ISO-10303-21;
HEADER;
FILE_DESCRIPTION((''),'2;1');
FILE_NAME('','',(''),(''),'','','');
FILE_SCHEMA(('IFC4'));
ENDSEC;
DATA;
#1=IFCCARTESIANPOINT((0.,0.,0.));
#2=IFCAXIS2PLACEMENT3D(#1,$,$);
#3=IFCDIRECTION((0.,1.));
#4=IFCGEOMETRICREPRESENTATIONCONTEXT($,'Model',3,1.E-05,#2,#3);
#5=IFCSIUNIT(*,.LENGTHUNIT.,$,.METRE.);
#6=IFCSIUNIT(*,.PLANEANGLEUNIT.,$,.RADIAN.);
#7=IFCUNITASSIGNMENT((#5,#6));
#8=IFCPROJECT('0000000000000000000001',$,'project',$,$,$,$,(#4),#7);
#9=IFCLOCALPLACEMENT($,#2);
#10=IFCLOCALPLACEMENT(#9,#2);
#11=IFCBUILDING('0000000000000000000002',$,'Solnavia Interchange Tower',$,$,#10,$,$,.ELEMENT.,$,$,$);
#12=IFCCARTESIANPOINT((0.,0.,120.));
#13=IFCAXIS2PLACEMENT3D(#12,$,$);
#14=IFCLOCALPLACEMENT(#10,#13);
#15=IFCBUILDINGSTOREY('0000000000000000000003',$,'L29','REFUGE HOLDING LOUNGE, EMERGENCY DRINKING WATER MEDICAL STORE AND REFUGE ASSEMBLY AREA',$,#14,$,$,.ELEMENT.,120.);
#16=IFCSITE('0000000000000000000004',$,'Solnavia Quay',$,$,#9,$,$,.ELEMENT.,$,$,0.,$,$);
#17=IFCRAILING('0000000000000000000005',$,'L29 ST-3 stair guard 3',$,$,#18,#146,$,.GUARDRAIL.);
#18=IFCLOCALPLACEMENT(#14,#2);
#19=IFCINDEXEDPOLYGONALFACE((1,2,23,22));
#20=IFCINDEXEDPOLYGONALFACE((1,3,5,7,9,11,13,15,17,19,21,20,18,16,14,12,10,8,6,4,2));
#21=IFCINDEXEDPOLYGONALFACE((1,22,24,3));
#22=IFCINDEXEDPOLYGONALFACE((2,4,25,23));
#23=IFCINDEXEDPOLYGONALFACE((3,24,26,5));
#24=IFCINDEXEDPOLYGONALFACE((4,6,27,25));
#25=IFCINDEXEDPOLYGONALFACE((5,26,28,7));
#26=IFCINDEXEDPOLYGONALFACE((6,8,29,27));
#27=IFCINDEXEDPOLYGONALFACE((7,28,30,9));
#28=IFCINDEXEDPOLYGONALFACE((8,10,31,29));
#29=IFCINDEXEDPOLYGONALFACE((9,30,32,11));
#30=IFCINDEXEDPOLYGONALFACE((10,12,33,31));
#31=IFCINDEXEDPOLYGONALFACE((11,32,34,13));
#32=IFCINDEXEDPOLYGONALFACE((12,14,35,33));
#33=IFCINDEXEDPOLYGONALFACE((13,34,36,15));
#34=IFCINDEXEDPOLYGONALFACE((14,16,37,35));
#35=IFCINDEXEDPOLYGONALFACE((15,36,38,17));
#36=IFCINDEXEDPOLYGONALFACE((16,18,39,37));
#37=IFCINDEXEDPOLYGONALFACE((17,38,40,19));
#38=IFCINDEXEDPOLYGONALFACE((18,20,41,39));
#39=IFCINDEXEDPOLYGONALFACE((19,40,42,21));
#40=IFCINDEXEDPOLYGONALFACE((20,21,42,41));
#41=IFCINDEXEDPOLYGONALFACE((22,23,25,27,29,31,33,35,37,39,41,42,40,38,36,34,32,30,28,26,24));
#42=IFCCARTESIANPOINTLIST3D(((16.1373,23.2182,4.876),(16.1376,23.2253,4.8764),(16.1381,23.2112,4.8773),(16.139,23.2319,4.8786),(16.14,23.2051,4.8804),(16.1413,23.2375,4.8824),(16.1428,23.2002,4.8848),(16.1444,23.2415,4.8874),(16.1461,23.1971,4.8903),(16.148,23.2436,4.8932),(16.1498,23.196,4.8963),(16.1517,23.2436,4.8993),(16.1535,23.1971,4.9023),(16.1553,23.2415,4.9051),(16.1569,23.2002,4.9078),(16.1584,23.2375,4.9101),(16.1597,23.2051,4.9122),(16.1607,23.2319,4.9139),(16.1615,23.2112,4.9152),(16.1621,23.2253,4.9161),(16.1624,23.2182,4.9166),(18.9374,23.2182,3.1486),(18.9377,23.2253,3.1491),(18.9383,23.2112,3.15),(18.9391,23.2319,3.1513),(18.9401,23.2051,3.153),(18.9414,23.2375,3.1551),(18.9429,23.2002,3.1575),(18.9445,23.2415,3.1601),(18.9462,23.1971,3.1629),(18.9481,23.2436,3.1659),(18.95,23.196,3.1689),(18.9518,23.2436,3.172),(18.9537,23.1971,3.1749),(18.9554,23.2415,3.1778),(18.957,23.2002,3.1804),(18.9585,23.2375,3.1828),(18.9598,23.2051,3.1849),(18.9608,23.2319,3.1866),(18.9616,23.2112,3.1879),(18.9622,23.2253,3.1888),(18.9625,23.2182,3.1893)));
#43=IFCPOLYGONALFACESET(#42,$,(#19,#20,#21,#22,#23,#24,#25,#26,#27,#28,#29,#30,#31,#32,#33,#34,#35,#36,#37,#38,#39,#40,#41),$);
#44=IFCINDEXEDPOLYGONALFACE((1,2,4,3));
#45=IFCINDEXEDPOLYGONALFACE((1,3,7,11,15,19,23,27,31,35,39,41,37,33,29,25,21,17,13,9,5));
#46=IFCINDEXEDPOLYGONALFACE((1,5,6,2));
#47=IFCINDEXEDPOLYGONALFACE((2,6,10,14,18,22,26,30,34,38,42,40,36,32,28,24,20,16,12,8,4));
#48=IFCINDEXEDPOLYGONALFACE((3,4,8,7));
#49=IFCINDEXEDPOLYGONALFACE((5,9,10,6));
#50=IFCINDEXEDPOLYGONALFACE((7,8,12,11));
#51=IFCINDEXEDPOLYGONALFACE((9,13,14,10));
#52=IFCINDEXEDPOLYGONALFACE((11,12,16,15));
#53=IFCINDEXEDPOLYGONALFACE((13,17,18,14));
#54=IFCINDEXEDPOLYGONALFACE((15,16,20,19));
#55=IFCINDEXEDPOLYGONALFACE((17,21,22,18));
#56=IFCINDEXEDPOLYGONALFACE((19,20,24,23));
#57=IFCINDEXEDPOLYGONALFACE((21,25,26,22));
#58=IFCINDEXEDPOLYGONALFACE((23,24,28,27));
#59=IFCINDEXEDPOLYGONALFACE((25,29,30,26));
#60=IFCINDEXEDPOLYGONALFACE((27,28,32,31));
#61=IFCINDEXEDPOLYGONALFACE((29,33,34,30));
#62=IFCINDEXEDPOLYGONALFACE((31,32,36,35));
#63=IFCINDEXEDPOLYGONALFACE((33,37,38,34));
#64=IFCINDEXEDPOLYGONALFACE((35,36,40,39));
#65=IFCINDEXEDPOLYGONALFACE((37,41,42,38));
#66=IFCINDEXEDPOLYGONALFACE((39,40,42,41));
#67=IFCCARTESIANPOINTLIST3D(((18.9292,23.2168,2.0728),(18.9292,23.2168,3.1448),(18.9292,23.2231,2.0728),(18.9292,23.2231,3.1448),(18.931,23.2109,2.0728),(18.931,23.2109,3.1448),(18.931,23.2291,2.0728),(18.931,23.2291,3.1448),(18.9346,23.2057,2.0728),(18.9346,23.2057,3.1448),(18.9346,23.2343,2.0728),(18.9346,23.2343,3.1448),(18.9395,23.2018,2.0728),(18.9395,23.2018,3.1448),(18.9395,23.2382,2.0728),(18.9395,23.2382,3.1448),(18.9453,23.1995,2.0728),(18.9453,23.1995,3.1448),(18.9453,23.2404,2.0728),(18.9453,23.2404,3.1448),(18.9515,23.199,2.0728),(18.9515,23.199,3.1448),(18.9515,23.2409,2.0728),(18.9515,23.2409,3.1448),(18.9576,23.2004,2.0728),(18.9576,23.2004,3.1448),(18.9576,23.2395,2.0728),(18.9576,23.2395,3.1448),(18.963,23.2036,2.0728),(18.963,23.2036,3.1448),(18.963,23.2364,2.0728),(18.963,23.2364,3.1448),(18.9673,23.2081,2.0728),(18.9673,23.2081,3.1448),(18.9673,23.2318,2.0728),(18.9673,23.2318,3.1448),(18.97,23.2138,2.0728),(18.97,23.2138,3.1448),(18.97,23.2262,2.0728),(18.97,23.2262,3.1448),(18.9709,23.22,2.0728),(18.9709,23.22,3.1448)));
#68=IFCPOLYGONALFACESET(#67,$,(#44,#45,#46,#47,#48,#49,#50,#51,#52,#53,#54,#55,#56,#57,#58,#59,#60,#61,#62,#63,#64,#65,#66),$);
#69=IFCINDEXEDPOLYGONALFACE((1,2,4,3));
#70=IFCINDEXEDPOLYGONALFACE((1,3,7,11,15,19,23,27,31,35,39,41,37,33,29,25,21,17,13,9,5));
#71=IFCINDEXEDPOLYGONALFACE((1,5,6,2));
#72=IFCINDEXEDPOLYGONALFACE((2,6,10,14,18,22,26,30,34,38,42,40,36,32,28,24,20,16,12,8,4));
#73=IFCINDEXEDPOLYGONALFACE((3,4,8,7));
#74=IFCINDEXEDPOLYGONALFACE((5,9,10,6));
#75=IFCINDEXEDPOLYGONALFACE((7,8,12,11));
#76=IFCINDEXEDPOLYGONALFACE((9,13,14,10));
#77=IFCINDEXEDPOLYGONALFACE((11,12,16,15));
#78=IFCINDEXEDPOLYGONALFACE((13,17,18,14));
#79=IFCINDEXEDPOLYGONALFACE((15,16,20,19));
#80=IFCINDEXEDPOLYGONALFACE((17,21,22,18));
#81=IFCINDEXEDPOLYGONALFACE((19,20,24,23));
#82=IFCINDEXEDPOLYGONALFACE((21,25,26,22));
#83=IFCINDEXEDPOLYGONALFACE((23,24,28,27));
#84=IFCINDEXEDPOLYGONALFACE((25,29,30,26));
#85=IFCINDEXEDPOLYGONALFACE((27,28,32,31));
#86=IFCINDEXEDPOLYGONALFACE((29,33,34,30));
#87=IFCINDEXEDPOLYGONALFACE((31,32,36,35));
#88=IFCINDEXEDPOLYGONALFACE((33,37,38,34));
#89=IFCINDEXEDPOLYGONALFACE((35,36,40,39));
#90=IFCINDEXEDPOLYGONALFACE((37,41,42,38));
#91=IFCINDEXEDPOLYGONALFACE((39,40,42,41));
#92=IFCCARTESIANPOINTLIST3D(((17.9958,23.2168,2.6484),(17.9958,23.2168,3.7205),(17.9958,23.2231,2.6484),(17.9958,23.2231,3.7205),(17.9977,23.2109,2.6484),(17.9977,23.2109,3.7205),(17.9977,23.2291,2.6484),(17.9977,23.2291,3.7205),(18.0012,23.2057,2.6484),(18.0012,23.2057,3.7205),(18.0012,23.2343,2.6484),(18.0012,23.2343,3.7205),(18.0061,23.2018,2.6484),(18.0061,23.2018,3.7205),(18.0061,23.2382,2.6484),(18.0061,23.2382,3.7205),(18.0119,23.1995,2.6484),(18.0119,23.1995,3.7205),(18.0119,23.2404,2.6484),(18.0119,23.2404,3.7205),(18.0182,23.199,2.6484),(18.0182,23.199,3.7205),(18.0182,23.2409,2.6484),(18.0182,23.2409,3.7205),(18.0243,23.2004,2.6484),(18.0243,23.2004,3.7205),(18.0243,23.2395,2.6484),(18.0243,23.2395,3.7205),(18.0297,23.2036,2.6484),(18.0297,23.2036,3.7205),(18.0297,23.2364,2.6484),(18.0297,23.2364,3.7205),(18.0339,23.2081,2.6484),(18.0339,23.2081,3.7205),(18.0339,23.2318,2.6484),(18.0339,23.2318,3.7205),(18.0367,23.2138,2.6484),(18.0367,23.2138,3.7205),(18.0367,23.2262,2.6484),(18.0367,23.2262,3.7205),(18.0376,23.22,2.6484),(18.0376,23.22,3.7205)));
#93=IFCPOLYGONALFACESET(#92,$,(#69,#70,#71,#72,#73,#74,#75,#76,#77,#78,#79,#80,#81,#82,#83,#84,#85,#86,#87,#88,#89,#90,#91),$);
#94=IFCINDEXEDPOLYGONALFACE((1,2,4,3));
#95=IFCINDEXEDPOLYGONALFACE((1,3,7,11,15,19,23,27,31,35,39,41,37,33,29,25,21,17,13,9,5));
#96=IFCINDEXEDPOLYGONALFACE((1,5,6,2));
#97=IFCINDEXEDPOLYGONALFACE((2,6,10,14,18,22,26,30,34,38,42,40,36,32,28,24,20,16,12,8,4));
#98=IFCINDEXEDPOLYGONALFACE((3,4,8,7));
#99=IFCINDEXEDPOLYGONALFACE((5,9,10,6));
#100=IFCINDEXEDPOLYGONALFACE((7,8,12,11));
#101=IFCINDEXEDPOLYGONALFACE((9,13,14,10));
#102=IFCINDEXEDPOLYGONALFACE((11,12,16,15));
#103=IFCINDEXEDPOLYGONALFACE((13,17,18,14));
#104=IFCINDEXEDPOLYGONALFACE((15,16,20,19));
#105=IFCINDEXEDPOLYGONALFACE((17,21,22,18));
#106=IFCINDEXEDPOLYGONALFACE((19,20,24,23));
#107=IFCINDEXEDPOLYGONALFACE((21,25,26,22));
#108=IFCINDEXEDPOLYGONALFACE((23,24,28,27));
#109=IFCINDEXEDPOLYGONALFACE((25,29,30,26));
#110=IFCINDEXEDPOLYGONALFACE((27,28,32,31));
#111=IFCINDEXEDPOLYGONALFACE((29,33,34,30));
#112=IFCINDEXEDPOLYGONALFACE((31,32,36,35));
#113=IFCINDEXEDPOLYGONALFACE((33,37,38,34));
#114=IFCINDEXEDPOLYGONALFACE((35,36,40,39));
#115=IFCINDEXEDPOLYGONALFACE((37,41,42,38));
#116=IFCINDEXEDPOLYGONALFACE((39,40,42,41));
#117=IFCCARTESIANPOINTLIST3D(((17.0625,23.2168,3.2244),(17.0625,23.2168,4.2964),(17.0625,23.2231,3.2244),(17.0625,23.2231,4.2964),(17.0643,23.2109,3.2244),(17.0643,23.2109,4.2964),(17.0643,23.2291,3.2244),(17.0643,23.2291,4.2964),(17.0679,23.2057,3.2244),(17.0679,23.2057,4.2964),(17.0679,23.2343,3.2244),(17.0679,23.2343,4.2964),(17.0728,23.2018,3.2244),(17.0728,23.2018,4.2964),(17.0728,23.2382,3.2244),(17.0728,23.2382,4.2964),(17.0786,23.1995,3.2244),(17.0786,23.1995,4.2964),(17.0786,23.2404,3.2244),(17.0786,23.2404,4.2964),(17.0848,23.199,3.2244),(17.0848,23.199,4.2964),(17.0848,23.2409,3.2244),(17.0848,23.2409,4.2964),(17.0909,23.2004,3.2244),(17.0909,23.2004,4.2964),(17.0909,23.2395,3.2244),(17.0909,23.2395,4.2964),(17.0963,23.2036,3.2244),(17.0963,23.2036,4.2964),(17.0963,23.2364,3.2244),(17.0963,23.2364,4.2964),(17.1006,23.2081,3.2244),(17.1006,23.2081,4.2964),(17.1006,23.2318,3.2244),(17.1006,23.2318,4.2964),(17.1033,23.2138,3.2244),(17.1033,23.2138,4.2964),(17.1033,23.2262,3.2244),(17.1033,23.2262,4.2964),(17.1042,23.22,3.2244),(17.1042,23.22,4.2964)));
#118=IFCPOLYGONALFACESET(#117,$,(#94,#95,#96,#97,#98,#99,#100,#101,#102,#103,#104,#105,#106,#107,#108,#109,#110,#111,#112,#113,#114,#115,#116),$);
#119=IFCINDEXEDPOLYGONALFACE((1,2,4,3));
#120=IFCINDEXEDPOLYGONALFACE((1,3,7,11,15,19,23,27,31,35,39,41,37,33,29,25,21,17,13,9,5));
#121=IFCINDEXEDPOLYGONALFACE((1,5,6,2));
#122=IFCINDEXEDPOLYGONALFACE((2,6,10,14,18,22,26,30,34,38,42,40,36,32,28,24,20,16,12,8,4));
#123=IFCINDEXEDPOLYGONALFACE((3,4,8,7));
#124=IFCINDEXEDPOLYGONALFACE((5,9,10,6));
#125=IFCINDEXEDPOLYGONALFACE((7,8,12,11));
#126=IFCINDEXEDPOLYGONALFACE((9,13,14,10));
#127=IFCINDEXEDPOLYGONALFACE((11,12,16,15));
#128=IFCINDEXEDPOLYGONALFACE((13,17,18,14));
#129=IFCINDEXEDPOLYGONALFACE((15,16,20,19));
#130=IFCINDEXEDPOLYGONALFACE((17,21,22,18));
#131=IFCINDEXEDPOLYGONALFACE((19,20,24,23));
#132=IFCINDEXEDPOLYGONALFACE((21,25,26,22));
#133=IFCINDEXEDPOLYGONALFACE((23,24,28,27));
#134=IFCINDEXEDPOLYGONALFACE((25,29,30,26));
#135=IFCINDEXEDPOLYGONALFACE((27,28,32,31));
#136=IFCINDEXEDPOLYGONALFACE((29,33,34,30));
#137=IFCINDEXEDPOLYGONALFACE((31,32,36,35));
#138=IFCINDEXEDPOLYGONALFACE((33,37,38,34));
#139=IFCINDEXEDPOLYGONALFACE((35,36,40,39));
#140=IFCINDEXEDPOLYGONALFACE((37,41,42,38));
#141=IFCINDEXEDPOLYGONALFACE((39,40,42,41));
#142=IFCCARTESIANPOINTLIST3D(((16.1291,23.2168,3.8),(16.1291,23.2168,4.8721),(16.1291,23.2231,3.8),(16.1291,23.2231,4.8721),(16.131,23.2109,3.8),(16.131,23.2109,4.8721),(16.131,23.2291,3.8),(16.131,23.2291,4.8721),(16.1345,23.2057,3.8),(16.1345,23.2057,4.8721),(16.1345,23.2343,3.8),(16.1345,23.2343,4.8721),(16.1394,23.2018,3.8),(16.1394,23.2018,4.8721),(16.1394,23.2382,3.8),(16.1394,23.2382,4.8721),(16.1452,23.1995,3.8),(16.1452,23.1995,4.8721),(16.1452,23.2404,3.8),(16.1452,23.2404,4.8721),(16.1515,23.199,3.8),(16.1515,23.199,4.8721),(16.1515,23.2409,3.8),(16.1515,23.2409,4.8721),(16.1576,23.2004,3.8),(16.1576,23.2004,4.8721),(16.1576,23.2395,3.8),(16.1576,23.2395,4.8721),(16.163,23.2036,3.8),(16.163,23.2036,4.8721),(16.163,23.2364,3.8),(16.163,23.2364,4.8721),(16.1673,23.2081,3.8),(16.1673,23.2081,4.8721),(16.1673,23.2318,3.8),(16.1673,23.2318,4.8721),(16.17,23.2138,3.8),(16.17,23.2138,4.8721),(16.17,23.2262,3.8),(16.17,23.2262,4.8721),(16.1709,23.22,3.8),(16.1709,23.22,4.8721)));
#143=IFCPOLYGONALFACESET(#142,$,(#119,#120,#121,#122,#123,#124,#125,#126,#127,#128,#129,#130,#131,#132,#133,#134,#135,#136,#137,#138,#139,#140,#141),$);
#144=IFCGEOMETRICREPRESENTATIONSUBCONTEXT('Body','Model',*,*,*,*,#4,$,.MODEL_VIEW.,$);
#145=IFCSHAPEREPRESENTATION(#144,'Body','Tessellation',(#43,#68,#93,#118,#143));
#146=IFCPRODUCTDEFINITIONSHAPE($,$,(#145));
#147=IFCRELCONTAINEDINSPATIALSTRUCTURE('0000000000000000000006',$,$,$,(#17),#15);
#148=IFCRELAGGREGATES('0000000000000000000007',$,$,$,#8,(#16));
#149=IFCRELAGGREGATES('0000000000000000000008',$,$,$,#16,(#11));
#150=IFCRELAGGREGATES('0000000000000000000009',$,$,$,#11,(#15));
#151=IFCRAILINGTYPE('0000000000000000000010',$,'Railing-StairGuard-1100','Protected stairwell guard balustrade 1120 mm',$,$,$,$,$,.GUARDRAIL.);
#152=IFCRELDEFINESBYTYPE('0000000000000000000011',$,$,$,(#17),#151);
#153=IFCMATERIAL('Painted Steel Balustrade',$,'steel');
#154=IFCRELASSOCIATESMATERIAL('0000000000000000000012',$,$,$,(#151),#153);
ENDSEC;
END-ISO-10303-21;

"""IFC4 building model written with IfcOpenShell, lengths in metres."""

from ifc_helpers import new_model, si_unit, direction, frame, origin, origin_2d, place, context, subcontext, project, spatial, circle, extrude, material, type_object, element, save


model = new_model("IFC4")

# Units and contexts
model_context = context("Model", 3, precision=1e-05, world=origin(), true_north=direction((0.0, 1.0)))
body_context = subcontext(model_context, "Body", "Model", "MODEL_VIEW")
ifc_project = project(units=[si_unit("LENGTHUNIT", "METRE"), si_unit("PLANEANGLEUNIT", "RADIAN")], contexts=[model_context])

# Site, building, storey
site_placement = place(None, origin())
site = spatial("IfcSite", under=ifc_project, at=site_placement, Name="Solnavia Quay", CompositionType="ELEMENT", RefElevation=0.0)
building_placement = place(site_placement, origin())
building = spatial("IfcBuilding", under=site, at=building_placement, Name="Solnavia Interchange Tower", CompositionType="ELEMENT")
storey_placement = place(building_placement, frame((0.0, 0.0, 120.0)))
storey = spatial("IfcBuildingStorey", under=building, at=storey_placement, Name="L29", Description="REFUGE HOLDING LOUNGE, EMERGENCY DRINKING WATER MEDICAL STORE AND REFUGE ASSEMBLY AREA", CompositionType="ELEMENT", Elevation=120.0)

# Railing
ifc_material_1 = material(Name="Painted Steel Balustrade", Category="steel")
railing_type_1 = type_object("IfcRailingType", Name="Railing-StairGuard-1100", Description="Protected stairwell guard balustrade 1120 mm", PredefinedType="GUARDRAIL", material=ifc_material_1)
railing_1_placement = place(storey_placement, frame((18.95, 23.22, 2.0728)))
element("IfcRailing", 1, at=railing_1_placement, inside=storey, type_object=railing_type_1, Name="L29 ST-3 stair guard 3", PredefinedType="GUARDRAIL", context=body_context, shape_type="SweptSolid", body=[
    extrude(circle(Radius=0.0239, at=origin_2d()), frame((0.0, 0.0, 1.0962), z_axis=(-0.85109, 0.0, 0.52502), x_axis=(0.0, -1.0, 0.0)), (0.0, 0.0, 1.0), 3.29),
    extrude(circle(Radius=0.021, at=origin_2d()), origin(), (0.0, 0.0, 1.0), 1.072),
    extrude(circle(Radius=0.021, at=origin_2d()), frame((-0.9333, 0.0, 0.5757)), (0.0, 0.0, 1.0), 1.072),
    extrude(circle(Radius=0.021, at=origin_2d()), frame((-1.8667, 0.0, 1.1516)), (0.0, 0.0, 1.0), 1.072),
    extrude(circle(Radius=0.021, at=origin_2d()), frame((-2.8, 0.0, 1.7273)), (0.0, 0.0, 1.0), 1.072),
])

save(model, "model.ifc")
